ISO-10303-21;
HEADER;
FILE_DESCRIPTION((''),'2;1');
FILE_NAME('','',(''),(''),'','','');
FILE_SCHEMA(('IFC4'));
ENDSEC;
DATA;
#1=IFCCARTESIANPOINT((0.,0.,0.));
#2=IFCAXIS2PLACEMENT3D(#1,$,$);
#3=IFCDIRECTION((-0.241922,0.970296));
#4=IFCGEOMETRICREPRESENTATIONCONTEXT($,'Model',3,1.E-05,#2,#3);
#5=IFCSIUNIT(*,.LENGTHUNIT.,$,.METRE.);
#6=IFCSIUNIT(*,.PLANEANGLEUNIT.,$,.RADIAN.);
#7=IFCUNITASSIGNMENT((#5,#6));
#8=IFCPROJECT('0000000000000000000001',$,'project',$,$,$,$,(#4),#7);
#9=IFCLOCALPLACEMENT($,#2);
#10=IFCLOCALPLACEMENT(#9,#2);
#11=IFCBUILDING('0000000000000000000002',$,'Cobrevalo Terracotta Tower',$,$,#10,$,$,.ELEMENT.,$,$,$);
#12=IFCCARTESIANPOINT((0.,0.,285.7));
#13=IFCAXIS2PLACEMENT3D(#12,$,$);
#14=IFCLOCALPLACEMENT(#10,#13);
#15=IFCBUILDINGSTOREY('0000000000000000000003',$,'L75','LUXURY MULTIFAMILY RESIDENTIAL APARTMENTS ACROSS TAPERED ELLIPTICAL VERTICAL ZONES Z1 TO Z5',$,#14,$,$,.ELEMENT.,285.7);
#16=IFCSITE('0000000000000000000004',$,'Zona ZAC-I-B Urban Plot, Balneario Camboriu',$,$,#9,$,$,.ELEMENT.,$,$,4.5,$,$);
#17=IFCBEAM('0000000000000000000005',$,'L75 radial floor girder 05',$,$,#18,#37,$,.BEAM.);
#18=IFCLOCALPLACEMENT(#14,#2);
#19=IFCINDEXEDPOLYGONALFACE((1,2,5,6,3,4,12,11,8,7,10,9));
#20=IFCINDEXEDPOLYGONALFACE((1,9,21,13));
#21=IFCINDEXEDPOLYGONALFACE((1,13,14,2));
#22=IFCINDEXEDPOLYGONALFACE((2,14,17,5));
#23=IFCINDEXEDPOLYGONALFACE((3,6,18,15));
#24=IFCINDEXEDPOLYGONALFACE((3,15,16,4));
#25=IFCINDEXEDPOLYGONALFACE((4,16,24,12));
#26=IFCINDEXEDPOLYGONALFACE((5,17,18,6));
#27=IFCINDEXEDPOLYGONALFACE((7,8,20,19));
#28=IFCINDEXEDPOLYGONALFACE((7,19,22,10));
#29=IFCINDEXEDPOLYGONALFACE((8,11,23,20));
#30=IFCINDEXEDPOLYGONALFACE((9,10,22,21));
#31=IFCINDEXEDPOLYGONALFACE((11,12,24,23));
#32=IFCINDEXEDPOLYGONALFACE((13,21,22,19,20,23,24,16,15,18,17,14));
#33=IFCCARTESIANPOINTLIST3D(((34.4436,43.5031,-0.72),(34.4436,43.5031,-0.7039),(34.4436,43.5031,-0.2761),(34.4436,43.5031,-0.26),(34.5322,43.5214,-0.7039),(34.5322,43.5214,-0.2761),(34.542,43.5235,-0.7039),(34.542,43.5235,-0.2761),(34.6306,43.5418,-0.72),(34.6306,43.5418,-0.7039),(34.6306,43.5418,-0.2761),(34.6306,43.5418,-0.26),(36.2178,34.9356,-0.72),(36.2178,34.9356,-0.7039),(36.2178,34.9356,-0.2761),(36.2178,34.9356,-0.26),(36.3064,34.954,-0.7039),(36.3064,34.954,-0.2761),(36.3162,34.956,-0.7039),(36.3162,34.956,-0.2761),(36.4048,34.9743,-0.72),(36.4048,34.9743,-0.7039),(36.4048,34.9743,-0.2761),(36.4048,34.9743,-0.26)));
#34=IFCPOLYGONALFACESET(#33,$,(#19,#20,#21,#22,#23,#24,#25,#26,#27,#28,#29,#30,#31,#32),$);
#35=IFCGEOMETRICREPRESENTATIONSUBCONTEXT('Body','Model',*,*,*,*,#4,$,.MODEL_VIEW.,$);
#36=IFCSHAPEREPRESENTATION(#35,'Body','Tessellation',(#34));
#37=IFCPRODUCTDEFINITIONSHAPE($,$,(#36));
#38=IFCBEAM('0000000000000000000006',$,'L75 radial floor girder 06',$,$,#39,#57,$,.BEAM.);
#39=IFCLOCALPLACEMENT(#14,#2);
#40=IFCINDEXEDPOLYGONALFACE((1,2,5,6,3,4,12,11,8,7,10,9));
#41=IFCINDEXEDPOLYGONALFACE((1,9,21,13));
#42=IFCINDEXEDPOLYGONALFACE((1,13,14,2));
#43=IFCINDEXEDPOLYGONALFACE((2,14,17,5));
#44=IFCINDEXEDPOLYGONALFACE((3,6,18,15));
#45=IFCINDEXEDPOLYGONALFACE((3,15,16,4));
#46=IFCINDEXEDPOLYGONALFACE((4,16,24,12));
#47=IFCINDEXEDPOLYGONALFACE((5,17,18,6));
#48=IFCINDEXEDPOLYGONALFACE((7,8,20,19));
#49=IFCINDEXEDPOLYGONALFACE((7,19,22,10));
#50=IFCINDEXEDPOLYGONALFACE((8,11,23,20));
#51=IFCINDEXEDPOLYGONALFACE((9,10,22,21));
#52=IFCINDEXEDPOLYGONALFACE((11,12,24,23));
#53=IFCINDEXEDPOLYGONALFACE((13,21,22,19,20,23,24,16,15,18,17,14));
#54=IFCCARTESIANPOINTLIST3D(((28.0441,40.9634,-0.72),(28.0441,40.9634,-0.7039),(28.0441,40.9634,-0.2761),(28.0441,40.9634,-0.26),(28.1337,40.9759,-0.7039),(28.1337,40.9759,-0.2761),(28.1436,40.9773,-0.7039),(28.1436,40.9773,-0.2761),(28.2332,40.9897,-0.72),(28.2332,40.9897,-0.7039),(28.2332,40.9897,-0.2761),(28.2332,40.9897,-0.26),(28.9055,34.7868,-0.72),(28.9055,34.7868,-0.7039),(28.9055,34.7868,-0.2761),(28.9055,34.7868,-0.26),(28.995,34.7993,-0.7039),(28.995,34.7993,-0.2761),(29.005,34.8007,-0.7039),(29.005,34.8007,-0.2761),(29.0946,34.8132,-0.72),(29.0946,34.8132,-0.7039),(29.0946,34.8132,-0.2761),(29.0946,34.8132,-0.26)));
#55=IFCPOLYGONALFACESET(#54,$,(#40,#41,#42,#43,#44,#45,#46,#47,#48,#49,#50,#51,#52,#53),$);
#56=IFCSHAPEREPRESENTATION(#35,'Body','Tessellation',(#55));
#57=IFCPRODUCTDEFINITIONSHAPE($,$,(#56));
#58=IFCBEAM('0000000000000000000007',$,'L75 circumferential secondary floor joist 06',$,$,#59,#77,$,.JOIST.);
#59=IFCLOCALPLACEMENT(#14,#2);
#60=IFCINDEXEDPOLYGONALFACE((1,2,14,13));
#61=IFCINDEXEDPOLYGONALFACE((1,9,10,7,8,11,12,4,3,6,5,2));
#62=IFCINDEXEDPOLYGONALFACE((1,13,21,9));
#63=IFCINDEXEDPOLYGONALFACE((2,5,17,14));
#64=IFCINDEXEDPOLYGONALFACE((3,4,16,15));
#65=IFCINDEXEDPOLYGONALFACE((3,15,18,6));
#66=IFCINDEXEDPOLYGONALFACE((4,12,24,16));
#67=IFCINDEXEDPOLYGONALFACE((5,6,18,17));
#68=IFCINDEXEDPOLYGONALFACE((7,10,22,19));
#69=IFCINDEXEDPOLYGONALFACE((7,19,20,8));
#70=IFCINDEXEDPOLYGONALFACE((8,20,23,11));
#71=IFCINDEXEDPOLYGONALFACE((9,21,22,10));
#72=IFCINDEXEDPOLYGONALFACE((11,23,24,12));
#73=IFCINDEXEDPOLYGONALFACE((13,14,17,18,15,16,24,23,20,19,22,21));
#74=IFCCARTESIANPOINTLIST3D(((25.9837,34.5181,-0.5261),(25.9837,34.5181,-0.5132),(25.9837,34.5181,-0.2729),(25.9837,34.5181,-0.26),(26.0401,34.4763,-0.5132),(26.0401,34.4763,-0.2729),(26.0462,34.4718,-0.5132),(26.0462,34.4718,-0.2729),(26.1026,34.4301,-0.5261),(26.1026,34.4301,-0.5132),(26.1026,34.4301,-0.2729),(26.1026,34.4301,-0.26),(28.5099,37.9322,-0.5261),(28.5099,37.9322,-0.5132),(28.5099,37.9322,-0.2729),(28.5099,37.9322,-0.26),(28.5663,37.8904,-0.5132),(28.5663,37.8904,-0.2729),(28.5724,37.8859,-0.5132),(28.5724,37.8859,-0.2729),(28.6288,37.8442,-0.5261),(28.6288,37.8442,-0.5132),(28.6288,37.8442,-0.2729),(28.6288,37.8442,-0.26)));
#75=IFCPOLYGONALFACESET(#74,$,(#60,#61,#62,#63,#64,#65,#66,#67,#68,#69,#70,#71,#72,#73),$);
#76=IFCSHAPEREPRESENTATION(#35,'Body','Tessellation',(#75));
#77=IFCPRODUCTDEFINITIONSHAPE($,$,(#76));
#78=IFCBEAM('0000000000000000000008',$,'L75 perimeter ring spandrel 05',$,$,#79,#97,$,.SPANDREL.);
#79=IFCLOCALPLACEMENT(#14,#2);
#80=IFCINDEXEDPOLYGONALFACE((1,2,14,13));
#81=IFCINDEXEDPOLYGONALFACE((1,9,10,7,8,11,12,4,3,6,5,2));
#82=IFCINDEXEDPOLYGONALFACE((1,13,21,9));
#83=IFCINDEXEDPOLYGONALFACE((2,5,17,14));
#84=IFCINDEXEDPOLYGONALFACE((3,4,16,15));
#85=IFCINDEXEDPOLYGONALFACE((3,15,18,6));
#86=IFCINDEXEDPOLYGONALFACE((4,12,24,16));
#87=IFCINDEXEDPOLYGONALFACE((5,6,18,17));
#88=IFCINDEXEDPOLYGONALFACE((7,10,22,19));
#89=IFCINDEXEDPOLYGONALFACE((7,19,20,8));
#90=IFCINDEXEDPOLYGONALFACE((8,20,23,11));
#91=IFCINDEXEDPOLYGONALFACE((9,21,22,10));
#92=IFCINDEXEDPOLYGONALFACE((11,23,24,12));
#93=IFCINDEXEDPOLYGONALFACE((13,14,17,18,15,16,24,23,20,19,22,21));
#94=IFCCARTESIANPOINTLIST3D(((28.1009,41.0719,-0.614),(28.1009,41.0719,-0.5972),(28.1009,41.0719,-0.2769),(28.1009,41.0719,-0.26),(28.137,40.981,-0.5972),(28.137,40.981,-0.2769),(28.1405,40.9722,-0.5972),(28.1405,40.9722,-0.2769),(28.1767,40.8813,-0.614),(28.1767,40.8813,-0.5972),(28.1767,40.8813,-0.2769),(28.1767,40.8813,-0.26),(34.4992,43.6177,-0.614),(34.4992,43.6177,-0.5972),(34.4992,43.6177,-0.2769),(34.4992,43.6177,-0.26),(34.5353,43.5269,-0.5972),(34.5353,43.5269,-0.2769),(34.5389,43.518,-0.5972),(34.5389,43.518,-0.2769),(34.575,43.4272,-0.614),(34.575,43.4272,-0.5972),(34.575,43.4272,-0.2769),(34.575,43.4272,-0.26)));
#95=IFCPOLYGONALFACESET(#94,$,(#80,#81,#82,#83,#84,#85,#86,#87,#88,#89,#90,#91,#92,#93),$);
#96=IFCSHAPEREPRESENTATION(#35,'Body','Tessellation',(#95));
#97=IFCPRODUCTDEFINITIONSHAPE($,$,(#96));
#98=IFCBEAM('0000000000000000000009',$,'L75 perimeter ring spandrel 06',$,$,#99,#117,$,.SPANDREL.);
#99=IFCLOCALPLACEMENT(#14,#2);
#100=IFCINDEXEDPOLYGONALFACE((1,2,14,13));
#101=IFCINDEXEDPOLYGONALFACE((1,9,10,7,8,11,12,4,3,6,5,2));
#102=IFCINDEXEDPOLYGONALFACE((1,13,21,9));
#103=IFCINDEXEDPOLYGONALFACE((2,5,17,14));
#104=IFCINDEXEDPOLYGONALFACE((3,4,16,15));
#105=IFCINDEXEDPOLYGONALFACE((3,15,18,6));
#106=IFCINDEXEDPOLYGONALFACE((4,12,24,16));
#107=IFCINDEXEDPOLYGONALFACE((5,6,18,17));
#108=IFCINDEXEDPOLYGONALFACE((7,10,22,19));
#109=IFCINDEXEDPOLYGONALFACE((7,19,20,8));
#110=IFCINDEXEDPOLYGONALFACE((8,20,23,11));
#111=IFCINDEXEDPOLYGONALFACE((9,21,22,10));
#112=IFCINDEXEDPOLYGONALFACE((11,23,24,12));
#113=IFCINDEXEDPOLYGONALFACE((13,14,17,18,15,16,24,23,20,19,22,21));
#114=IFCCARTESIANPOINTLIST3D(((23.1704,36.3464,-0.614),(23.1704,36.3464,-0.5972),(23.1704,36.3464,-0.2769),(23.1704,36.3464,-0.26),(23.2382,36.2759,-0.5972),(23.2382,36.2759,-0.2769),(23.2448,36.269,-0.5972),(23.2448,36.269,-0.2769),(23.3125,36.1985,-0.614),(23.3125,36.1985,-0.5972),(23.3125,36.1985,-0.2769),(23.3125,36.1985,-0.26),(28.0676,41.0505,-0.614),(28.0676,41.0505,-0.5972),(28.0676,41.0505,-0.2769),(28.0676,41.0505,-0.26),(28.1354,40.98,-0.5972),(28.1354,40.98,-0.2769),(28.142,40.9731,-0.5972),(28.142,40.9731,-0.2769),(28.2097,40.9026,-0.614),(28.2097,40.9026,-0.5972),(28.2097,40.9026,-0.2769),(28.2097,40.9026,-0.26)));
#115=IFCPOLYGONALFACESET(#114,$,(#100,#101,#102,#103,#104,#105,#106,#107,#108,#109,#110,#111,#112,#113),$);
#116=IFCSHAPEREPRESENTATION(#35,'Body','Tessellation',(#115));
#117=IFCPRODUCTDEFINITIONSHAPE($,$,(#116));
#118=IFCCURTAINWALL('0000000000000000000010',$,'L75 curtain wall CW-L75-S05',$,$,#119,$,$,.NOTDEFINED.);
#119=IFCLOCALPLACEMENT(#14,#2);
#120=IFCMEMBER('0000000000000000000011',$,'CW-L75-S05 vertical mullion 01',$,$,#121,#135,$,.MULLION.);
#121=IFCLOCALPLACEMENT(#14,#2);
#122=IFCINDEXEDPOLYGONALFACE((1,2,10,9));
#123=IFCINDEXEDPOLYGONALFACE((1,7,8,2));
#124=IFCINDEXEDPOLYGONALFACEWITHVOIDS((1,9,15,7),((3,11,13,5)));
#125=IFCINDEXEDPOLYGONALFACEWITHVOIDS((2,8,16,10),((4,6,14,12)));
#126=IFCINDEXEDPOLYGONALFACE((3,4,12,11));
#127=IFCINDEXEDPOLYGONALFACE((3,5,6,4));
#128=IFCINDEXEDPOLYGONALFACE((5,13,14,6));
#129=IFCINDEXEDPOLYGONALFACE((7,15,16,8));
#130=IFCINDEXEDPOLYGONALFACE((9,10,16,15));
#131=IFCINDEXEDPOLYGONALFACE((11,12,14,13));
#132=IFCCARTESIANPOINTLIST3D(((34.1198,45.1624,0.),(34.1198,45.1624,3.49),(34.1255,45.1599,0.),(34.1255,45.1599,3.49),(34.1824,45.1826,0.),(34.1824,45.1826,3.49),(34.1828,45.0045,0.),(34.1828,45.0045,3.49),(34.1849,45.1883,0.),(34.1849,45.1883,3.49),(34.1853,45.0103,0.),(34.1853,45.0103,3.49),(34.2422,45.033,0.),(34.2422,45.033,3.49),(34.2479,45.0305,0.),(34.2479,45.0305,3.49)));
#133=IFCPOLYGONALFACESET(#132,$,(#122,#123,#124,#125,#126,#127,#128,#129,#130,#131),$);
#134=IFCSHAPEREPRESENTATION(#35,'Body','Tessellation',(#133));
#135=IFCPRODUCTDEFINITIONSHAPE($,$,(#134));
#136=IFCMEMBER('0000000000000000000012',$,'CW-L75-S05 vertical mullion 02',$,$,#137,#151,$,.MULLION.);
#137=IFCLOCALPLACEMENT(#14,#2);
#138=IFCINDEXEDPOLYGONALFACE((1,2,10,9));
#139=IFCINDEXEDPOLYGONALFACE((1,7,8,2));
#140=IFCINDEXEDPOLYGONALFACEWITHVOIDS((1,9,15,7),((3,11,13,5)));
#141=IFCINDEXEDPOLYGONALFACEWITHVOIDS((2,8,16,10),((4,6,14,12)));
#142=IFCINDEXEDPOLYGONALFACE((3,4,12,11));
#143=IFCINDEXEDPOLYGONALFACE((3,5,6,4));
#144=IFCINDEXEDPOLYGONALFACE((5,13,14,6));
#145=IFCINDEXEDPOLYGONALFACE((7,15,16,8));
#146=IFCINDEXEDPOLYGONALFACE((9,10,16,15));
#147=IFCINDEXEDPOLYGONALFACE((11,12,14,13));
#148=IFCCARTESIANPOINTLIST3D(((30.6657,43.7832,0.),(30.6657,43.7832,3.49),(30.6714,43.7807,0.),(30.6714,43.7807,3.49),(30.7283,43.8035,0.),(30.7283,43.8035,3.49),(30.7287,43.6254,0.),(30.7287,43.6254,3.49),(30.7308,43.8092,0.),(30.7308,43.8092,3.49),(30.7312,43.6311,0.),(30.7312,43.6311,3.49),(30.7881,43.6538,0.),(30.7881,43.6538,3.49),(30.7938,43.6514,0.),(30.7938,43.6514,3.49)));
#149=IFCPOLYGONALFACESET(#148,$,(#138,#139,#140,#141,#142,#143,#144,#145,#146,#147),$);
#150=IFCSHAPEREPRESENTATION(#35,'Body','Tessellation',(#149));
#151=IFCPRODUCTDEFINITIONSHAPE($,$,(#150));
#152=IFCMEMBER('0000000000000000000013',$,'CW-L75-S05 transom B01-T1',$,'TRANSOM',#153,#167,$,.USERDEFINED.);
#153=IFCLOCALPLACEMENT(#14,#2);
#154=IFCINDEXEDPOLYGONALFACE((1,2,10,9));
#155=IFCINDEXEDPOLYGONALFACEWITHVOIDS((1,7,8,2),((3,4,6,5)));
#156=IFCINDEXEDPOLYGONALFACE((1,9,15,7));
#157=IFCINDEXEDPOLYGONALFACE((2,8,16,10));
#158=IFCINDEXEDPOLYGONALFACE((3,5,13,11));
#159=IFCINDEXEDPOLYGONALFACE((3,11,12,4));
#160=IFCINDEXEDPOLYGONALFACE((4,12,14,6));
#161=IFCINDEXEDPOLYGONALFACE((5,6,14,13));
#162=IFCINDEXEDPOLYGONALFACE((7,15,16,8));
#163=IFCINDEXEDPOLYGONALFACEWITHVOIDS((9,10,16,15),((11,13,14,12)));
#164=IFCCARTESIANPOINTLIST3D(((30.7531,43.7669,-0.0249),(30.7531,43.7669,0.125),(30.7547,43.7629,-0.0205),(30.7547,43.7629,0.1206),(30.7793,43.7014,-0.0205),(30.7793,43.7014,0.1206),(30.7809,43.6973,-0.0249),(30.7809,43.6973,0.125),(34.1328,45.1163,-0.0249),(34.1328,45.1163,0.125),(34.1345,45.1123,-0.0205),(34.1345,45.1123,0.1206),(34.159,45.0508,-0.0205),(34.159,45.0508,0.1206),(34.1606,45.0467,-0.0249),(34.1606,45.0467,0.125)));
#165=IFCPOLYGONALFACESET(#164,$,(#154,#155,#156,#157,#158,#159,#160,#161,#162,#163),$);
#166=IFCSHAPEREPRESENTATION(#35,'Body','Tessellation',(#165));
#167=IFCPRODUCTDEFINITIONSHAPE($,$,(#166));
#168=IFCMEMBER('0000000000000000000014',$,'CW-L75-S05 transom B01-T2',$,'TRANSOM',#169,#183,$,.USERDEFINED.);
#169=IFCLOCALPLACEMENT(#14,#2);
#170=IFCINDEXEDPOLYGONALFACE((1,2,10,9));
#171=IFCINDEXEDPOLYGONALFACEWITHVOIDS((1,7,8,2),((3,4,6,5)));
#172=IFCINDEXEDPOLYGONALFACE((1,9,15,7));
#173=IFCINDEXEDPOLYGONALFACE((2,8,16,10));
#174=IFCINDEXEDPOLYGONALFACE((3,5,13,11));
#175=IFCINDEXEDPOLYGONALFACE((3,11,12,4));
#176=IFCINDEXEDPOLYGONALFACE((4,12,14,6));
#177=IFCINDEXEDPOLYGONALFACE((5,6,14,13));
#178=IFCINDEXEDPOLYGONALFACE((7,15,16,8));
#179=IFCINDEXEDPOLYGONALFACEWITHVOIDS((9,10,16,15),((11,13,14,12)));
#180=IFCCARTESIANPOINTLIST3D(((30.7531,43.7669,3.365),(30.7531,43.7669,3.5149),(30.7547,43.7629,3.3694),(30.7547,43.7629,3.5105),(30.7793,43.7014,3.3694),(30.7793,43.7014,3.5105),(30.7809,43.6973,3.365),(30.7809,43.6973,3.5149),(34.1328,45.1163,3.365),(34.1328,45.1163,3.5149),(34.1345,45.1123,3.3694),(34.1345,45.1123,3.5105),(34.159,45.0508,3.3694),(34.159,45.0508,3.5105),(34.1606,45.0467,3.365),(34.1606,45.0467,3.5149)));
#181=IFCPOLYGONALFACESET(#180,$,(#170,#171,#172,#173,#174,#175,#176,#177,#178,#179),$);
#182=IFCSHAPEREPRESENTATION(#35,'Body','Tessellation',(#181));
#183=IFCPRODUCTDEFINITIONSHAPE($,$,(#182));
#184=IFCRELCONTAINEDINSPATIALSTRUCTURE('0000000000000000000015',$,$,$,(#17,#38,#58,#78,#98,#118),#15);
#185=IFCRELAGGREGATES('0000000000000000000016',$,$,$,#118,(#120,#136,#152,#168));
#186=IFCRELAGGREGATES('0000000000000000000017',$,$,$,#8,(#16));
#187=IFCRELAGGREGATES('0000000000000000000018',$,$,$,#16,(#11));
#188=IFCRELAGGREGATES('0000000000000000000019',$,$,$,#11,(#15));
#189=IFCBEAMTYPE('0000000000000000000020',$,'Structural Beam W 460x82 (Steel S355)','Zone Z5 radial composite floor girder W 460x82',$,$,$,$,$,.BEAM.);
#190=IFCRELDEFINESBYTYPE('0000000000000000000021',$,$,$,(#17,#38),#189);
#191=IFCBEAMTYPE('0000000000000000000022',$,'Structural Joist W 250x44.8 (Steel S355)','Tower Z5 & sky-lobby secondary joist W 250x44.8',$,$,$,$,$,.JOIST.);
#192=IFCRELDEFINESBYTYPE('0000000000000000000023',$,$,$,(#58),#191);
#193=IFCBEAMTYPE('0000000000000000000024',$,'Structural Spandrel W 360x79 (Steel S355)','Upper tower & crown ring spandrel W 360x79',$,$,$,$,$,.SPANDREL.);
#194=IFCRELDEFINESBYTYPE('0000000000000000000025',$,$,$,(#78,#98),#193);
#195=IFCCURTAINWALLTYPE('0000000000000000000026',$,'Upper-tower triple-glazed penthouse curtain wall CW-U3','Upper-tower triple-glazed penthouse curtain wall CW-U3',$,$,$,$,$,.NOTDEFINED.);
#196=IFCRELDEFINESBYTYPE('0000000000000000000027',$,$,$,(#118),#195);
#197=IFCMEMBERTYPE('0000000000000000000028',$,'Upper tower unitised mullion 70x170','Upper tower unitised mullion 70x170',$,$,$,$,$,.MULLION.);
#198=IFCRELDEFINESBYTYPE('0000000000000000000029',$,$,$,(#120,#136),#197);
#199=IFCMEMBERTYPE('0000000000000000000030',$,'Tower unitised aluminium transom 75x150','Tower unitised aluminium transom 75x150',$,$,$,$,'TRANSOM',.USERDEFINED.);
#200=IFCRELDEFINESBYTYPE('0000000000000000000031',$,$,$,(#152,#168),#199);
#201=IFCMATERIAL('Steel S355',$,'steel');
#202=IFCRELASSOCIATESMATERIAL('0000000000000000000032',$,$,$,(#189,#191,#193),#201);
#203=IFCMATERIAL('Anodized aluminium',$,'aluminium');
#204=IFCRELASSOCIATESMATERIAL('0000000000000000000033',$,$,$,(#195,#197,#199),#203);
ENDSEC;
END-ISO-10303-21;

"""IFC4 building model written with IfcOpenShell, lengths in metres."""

from ifc_helpers import new_model, si_unit, direction, frame, origin, origin_2d, place, context, subcontext, project, spatial, hollow_rectangle, i_section, extrude, source, transform, mapped, material, material_profile, profile_set, type_object, element, aggregate, save


model = new_model("IFC4")

# Units and contexts
model_context = context("Model", 3, precision=1e-05, world=origin(), true_north=direction((-0.241922, 0.970296)))
body_context = subcontext(model_context, "Body", "Model", "MODEL_VIEW")
ifc_project = project(units=[si_unit("LENGTHUNIT", "METRE"), si_unit("PLANEANGLEUNIT", "RADIAN")], contexts=[model_context])

# Site, building, storey
site_placement = place(None, origin())
site = spatial("IfcSite", under=ifc_project, at=site_placement, Name="Zona ZAC-I-B Urban Plot, Balneario Camboriu", CompositionType="ELEMENT", RefElevation=4.5)
building_placement = place(site_placement, origin())
building = spatial("IfcBuilding", under=site, at=building_placement, Name="Cobrevalo Terracotta Tower", CompositionType="ELEMENT")
storey_placement = place(building_placement, frame((0.0, 0.0, 285.7)))
storey = spatial("IfcBuildingStorey", under=building, at=storey_placement, Name="L75", Description="LUXURY MULTIFAMILY RESIDENTIAL APARTMENTS ACROSS TAPERED ELLIPTICAL VERTICAL ZONES Z1 TO Z5", CompositionType="ELEMENT", Elevation=285.7)

# Shared definitions
ifc_material_1 = material(Name="Steel S355", Category="steel")

# Beams
ifc_material_profile_1 = material_profile(ifc_material_1, i_section(OverallWidth=0.1909, OverallDepth=0.46, WebThickness=0.01, FlangeThickness=0.0161, at=origin_2d()), Name="W 460x82")
ifc_profile_set_1 = profile_set([ifc_material_profile_1], Name="Steel S355")
beam_type_1 = type_object("IfcBeamType", Name="Structural Beam W 460x82 (Steel S355)", Description="Zone Z5 radial composite floor girder W 460x82", PredefinedType="BEAM", material=ifc_profile_set_1)
beam_1_placement = place(storey_placement, frame((34.5371, 43.5225, -0.49), z_axis=(0.202782, -0.979224, 0.0), x_axis=(0.979224, 0.202782, 0.0)))
element("IfcBeam", 1, at=beam_1_placement, inside=storey, type_object=beam_type_1, Name="L75 radial floor girder 05", PredefinedType="BEAM", context=body_context, shape_type="SweptSolid", body=[
    extrude(i_section(OverallWidth=0.1909, OverallDepth=0.46, WebThickness=0.01, FlangeThickness=0.0161, at=origin_2d()), origin(), (0.0, 0.0, 1.0), 8.7493),
])
beam_2_placement = place(storey_placement, frame((28.1387, 40.9766, -0.49), z_axis=(0.138116, -0.990416, 0.0), x_axis=(0.990416, 0.138116, 0.0)))
element("IfcBeam", 2, at=beam_2_placement, inside=storey, type_object=beam_type_1, Name="L75 radial floor girder 06", PredefinedType="BEAM", context=body_context, shape_type="SweptSolid", body=[
    extrude(i_section(OverallWidth=0.1909, OverallDepth=0.46, WebThickness=0.01, FlangeThickness=0.0161, at=origin_2d()), origin(), (0.0, 0.0, 1.0), 6.2363),
])
ifc_material_profile_2 = material_profile(ifc_material_1, i_section(OverallWidth=0.1479, OverallDepth=0.2661, WebThickness=0.0076, FlangeThickness=0.0129, at=origin_2d()), Name="W 250x44.8")
ifc_profile_set_2 = profile_set([ifc_material_profile_2], Name="Steel S355")
beam_type_2 = type_object("IfcBeamType", Name="Structural Joist W 250x44.8 (Steel S355)", Description="Tower Z5 & sky-lobby secondary joist W 250x44.8", PredefinedType="JOIST", material=ifc_profile_set_2)
beam_3_placement = place(storey_placement, frame((28.5693, 37.8882, -0.3931), z_axis=(-0.5948, -0.803874, 0.0), x_axis=(0.803874, -0.5948, 0.0)))
element("IfcBeam", 3, at=beam_3_placement, inside=storey, type_object=beam_type_2, Name="L75 circumferential secondary floor joist 06", PredefinedType="JOIST", context=body_context, shape_type="SweptSolid", body=[
    extrude(i_section(OverallWidth=0.1479, OverallDepth=0.2661, WebThickness=0.0076, FlangeThickness=0.0129, at=origin_2d()), origin(), (0.0, 0.0, 1.0), 4.2471),
])
ifc_material_profile_3 = material_profile(ifc_material_1, i_section(OverallWidth=0.2051, OverallDepth=0.354, WebThickness=0.0095, FlangeThickness=0.0168, at=origin_2d()), Name="W 360x79")
ifc_profile_set_3 = profile_set([ifc_material_profile_3], Name="Steel S355")
beam_type_3 = type_object("IfcBeamType", Name="Structural Spandrel W 360x79 (Steel S355)", Description="Upper tower & crown ring spandrel W 360x79", PredefinedType="SPANDREL", material=ifc_profile_set_3)
beam_4_placement = place(storey_placement, frame((34.5371, 43.5225, -0.437), z_axis=(-0.92915, -0.369703, 0.0), x_axis=(0.369703, -0.92915, 0.0)))
element("IfcBeam", 4, at=beam_4_placement, inside=storey, type_object=beam_type_3, Name="L75 perimeter ring spandrel 05", PredefinedType="SPANDREL", context=body_context, shape_type="SweptSolid", body=[
    extrude(i_section(OverallWidth=0.2051, OverallDepth=0.354, WebThickness=0.0095, FlangeThickness=0.0168, at=origin_2d()), origin(), (0.0, 0.0, 1.0), 6.8862),
])
beam_5_placement = place(storey_placement, frame((28.1387, 40.9766, -0.437), z_axis=(-0.721183, -0.692744, 0.0), x_axis=(0.692744, -0.721183, 0.0)))
element("IfcBeam", 5, at=beam_5_placement, inside=storey, type_object=beam_type_3, Name="L75 perimeter ring spandrel 06", PredefinedType="SPANDREL", context=body_context, shape_type="SweptSolid", body=[
    extrude(i_section(OverallWidth=0.2051, OverallDepth=0.354, WebThickness=0.0095, FlangeThickness=0.0168, at=origin_2d()), origin(), (0.0, 0.0, 1.0), 6.7905),
])

# Curtain wall, members
ifc_material_2 = material(Name="Anodized aluminium", Category="aluminium")
curtain_wall_type = type_object("IfcCurtainWallType", Name="Upper-tower triple-glazed penthouse curtain wall CW-U3", Description="Upper-tower triple-glazed penthouse curtain wall CW-U3", PredefinedType="NOTDEFINED", material=ifc_material_2)
curtain_wall_placement = place(storey_placement, origin())
curtain_wall = element("IfcCurtainWall", 6, at=curtain_wall_placement, inside=storey, type_object=curtain_wall_type, Name="L75 curtain wall CW-L75-S05", PredefinedType="NOTDEFINED")
ifc_material_profile_4 = material_profile(ifc_material_2, hollow_rectangle(XDim=0.0701, YDim=0.1699, WallThickness=0.0044, at=origin_2d()), Name="CWM 70x170")
ifc_profile_set_4 = profile_set([ifc_material_profile_4], Name="Anodized aluminium")
member_type_1 = type_object("IfcMemberType", Name="Upper tower unitised mullion 70x170", Description="Upper tower unitised mullion 70x170", PredefinedType="MULLION", material=ifc_profile_set_4)
shared_shape_1 = source(origin(), body_context, "Body", "SweptSolid", [
    extrude(hollow_rectangle(XDim=0.0701, YDim=0.1699, WallThickness=0.0044, at=origin_2d()), origin(), (0.0, 0.0, 1.0), 3.49),
])
member_1_placement = place(storey_placement, frame((34.1838, 45.0964, 0.0), z_axis=(0.0, 0.0, 1.0), x_axis=(-0.928719, -0.370784, 0.0)))
member_1 = element("IfcMember", 7, at=member_1_placement, type_object=member_type_1, Name="CW-L75-S05 vertical mullion 01", PredefinedType="MULLION", context=body_context, shape_type="MappedRepresentation", body=[
    mapped(shared_shape_1, transform((0.0, 0.0, 0.0), scale=1.0)),
])
member_2_placement = place(storey_placement, frame((30.7297, 43.7173, 0.0), z_axis=(0.0, 0.0, 1.0), x_axis=(-0.928719, -0.370784, 0.0)))
member_2 = element("IfcMember", 8, at=member_2_placement, type_object=member_type_1, Name="CW-L75-S05 vertical mullion 02", PredefinedType="MULLION", context=body_context, shape_type="MappedRepresentation", body=[
    mapped(shared_shape_1, transform((0.0, 0.0, 0.0), scale=1.0)),
])
ifc_material_profile_5 = material_profile(ifc_material_2, hollow_rectangle(XDim=0.075, YDim=0.1499, WallThickness=0.0044, at=origin_2d()), Name="CWT 75x150")
ifc_profile_set_5 = profile_set([ifc_material_profile_5], Name="Anodized aluminium")
member_type_2 = type_object("IfcMemberType", Name="Tower unitised aluminium transom 75x150", Description="Tower unitised aluminium transom 75x150", ElementType="TRANSOM", PredefinedType="USERDEFINED", material=ifc_profile_set_5)
shared_shape_2 = source(origin(), body_context, "Body", "SweptSolid", [
    extrude(hollow_rectangle(XDim=0.075, YDim=0.1499, WallThickness=0.0044, at=origin_2d()), origin(), (0.0, 0.0, 1.0), 3.6392),
])
member_3_placement = place(storey_placement, frame((34.1467, 45.0815, 0.05), z_axis=(-0.928712, -0.370801, 0.0), x_axis=(0.370801, -0.928712, 0.0)))
member_3 = element("IfcMember", 9, at=member_3_placement, type_object=member_type_2, Name="CW-L75-S05 transom B01-T1", ObjectType="TRANSOM", PredefinedType="USERDEFINED", context=body_context, shape_type="MappedRepresentation", body=[
    mapped(shared_shape_2, transform((0.0, 0.0, 0.0), scale=1.0)),
])
member_4_placement = place(storey_placement, frame((34.1467, 45.0815, 3.4399), z_axis=(-0.928712, -0.370801, 0.0), x_axis=(0.370801, -0.928712, 0.0)))
member_4 = element("IfcMember", 10, at=member_4_placement, type_object=member_type_2, Name="CW-L75-S05 transom B01-T2", ObjectType="TRANSOM", PredefinedType="USERDEFINED", context=body_context, shape_type="MappedRepresentation", body=[
    mapped(shared_shape_2, transform((0.0, 0.0, 0.0), scale=1.0)),
])
aggregate(curtain_wall, [member_1, member_2, member_3, member_4])

save(model, "model.ifc")
